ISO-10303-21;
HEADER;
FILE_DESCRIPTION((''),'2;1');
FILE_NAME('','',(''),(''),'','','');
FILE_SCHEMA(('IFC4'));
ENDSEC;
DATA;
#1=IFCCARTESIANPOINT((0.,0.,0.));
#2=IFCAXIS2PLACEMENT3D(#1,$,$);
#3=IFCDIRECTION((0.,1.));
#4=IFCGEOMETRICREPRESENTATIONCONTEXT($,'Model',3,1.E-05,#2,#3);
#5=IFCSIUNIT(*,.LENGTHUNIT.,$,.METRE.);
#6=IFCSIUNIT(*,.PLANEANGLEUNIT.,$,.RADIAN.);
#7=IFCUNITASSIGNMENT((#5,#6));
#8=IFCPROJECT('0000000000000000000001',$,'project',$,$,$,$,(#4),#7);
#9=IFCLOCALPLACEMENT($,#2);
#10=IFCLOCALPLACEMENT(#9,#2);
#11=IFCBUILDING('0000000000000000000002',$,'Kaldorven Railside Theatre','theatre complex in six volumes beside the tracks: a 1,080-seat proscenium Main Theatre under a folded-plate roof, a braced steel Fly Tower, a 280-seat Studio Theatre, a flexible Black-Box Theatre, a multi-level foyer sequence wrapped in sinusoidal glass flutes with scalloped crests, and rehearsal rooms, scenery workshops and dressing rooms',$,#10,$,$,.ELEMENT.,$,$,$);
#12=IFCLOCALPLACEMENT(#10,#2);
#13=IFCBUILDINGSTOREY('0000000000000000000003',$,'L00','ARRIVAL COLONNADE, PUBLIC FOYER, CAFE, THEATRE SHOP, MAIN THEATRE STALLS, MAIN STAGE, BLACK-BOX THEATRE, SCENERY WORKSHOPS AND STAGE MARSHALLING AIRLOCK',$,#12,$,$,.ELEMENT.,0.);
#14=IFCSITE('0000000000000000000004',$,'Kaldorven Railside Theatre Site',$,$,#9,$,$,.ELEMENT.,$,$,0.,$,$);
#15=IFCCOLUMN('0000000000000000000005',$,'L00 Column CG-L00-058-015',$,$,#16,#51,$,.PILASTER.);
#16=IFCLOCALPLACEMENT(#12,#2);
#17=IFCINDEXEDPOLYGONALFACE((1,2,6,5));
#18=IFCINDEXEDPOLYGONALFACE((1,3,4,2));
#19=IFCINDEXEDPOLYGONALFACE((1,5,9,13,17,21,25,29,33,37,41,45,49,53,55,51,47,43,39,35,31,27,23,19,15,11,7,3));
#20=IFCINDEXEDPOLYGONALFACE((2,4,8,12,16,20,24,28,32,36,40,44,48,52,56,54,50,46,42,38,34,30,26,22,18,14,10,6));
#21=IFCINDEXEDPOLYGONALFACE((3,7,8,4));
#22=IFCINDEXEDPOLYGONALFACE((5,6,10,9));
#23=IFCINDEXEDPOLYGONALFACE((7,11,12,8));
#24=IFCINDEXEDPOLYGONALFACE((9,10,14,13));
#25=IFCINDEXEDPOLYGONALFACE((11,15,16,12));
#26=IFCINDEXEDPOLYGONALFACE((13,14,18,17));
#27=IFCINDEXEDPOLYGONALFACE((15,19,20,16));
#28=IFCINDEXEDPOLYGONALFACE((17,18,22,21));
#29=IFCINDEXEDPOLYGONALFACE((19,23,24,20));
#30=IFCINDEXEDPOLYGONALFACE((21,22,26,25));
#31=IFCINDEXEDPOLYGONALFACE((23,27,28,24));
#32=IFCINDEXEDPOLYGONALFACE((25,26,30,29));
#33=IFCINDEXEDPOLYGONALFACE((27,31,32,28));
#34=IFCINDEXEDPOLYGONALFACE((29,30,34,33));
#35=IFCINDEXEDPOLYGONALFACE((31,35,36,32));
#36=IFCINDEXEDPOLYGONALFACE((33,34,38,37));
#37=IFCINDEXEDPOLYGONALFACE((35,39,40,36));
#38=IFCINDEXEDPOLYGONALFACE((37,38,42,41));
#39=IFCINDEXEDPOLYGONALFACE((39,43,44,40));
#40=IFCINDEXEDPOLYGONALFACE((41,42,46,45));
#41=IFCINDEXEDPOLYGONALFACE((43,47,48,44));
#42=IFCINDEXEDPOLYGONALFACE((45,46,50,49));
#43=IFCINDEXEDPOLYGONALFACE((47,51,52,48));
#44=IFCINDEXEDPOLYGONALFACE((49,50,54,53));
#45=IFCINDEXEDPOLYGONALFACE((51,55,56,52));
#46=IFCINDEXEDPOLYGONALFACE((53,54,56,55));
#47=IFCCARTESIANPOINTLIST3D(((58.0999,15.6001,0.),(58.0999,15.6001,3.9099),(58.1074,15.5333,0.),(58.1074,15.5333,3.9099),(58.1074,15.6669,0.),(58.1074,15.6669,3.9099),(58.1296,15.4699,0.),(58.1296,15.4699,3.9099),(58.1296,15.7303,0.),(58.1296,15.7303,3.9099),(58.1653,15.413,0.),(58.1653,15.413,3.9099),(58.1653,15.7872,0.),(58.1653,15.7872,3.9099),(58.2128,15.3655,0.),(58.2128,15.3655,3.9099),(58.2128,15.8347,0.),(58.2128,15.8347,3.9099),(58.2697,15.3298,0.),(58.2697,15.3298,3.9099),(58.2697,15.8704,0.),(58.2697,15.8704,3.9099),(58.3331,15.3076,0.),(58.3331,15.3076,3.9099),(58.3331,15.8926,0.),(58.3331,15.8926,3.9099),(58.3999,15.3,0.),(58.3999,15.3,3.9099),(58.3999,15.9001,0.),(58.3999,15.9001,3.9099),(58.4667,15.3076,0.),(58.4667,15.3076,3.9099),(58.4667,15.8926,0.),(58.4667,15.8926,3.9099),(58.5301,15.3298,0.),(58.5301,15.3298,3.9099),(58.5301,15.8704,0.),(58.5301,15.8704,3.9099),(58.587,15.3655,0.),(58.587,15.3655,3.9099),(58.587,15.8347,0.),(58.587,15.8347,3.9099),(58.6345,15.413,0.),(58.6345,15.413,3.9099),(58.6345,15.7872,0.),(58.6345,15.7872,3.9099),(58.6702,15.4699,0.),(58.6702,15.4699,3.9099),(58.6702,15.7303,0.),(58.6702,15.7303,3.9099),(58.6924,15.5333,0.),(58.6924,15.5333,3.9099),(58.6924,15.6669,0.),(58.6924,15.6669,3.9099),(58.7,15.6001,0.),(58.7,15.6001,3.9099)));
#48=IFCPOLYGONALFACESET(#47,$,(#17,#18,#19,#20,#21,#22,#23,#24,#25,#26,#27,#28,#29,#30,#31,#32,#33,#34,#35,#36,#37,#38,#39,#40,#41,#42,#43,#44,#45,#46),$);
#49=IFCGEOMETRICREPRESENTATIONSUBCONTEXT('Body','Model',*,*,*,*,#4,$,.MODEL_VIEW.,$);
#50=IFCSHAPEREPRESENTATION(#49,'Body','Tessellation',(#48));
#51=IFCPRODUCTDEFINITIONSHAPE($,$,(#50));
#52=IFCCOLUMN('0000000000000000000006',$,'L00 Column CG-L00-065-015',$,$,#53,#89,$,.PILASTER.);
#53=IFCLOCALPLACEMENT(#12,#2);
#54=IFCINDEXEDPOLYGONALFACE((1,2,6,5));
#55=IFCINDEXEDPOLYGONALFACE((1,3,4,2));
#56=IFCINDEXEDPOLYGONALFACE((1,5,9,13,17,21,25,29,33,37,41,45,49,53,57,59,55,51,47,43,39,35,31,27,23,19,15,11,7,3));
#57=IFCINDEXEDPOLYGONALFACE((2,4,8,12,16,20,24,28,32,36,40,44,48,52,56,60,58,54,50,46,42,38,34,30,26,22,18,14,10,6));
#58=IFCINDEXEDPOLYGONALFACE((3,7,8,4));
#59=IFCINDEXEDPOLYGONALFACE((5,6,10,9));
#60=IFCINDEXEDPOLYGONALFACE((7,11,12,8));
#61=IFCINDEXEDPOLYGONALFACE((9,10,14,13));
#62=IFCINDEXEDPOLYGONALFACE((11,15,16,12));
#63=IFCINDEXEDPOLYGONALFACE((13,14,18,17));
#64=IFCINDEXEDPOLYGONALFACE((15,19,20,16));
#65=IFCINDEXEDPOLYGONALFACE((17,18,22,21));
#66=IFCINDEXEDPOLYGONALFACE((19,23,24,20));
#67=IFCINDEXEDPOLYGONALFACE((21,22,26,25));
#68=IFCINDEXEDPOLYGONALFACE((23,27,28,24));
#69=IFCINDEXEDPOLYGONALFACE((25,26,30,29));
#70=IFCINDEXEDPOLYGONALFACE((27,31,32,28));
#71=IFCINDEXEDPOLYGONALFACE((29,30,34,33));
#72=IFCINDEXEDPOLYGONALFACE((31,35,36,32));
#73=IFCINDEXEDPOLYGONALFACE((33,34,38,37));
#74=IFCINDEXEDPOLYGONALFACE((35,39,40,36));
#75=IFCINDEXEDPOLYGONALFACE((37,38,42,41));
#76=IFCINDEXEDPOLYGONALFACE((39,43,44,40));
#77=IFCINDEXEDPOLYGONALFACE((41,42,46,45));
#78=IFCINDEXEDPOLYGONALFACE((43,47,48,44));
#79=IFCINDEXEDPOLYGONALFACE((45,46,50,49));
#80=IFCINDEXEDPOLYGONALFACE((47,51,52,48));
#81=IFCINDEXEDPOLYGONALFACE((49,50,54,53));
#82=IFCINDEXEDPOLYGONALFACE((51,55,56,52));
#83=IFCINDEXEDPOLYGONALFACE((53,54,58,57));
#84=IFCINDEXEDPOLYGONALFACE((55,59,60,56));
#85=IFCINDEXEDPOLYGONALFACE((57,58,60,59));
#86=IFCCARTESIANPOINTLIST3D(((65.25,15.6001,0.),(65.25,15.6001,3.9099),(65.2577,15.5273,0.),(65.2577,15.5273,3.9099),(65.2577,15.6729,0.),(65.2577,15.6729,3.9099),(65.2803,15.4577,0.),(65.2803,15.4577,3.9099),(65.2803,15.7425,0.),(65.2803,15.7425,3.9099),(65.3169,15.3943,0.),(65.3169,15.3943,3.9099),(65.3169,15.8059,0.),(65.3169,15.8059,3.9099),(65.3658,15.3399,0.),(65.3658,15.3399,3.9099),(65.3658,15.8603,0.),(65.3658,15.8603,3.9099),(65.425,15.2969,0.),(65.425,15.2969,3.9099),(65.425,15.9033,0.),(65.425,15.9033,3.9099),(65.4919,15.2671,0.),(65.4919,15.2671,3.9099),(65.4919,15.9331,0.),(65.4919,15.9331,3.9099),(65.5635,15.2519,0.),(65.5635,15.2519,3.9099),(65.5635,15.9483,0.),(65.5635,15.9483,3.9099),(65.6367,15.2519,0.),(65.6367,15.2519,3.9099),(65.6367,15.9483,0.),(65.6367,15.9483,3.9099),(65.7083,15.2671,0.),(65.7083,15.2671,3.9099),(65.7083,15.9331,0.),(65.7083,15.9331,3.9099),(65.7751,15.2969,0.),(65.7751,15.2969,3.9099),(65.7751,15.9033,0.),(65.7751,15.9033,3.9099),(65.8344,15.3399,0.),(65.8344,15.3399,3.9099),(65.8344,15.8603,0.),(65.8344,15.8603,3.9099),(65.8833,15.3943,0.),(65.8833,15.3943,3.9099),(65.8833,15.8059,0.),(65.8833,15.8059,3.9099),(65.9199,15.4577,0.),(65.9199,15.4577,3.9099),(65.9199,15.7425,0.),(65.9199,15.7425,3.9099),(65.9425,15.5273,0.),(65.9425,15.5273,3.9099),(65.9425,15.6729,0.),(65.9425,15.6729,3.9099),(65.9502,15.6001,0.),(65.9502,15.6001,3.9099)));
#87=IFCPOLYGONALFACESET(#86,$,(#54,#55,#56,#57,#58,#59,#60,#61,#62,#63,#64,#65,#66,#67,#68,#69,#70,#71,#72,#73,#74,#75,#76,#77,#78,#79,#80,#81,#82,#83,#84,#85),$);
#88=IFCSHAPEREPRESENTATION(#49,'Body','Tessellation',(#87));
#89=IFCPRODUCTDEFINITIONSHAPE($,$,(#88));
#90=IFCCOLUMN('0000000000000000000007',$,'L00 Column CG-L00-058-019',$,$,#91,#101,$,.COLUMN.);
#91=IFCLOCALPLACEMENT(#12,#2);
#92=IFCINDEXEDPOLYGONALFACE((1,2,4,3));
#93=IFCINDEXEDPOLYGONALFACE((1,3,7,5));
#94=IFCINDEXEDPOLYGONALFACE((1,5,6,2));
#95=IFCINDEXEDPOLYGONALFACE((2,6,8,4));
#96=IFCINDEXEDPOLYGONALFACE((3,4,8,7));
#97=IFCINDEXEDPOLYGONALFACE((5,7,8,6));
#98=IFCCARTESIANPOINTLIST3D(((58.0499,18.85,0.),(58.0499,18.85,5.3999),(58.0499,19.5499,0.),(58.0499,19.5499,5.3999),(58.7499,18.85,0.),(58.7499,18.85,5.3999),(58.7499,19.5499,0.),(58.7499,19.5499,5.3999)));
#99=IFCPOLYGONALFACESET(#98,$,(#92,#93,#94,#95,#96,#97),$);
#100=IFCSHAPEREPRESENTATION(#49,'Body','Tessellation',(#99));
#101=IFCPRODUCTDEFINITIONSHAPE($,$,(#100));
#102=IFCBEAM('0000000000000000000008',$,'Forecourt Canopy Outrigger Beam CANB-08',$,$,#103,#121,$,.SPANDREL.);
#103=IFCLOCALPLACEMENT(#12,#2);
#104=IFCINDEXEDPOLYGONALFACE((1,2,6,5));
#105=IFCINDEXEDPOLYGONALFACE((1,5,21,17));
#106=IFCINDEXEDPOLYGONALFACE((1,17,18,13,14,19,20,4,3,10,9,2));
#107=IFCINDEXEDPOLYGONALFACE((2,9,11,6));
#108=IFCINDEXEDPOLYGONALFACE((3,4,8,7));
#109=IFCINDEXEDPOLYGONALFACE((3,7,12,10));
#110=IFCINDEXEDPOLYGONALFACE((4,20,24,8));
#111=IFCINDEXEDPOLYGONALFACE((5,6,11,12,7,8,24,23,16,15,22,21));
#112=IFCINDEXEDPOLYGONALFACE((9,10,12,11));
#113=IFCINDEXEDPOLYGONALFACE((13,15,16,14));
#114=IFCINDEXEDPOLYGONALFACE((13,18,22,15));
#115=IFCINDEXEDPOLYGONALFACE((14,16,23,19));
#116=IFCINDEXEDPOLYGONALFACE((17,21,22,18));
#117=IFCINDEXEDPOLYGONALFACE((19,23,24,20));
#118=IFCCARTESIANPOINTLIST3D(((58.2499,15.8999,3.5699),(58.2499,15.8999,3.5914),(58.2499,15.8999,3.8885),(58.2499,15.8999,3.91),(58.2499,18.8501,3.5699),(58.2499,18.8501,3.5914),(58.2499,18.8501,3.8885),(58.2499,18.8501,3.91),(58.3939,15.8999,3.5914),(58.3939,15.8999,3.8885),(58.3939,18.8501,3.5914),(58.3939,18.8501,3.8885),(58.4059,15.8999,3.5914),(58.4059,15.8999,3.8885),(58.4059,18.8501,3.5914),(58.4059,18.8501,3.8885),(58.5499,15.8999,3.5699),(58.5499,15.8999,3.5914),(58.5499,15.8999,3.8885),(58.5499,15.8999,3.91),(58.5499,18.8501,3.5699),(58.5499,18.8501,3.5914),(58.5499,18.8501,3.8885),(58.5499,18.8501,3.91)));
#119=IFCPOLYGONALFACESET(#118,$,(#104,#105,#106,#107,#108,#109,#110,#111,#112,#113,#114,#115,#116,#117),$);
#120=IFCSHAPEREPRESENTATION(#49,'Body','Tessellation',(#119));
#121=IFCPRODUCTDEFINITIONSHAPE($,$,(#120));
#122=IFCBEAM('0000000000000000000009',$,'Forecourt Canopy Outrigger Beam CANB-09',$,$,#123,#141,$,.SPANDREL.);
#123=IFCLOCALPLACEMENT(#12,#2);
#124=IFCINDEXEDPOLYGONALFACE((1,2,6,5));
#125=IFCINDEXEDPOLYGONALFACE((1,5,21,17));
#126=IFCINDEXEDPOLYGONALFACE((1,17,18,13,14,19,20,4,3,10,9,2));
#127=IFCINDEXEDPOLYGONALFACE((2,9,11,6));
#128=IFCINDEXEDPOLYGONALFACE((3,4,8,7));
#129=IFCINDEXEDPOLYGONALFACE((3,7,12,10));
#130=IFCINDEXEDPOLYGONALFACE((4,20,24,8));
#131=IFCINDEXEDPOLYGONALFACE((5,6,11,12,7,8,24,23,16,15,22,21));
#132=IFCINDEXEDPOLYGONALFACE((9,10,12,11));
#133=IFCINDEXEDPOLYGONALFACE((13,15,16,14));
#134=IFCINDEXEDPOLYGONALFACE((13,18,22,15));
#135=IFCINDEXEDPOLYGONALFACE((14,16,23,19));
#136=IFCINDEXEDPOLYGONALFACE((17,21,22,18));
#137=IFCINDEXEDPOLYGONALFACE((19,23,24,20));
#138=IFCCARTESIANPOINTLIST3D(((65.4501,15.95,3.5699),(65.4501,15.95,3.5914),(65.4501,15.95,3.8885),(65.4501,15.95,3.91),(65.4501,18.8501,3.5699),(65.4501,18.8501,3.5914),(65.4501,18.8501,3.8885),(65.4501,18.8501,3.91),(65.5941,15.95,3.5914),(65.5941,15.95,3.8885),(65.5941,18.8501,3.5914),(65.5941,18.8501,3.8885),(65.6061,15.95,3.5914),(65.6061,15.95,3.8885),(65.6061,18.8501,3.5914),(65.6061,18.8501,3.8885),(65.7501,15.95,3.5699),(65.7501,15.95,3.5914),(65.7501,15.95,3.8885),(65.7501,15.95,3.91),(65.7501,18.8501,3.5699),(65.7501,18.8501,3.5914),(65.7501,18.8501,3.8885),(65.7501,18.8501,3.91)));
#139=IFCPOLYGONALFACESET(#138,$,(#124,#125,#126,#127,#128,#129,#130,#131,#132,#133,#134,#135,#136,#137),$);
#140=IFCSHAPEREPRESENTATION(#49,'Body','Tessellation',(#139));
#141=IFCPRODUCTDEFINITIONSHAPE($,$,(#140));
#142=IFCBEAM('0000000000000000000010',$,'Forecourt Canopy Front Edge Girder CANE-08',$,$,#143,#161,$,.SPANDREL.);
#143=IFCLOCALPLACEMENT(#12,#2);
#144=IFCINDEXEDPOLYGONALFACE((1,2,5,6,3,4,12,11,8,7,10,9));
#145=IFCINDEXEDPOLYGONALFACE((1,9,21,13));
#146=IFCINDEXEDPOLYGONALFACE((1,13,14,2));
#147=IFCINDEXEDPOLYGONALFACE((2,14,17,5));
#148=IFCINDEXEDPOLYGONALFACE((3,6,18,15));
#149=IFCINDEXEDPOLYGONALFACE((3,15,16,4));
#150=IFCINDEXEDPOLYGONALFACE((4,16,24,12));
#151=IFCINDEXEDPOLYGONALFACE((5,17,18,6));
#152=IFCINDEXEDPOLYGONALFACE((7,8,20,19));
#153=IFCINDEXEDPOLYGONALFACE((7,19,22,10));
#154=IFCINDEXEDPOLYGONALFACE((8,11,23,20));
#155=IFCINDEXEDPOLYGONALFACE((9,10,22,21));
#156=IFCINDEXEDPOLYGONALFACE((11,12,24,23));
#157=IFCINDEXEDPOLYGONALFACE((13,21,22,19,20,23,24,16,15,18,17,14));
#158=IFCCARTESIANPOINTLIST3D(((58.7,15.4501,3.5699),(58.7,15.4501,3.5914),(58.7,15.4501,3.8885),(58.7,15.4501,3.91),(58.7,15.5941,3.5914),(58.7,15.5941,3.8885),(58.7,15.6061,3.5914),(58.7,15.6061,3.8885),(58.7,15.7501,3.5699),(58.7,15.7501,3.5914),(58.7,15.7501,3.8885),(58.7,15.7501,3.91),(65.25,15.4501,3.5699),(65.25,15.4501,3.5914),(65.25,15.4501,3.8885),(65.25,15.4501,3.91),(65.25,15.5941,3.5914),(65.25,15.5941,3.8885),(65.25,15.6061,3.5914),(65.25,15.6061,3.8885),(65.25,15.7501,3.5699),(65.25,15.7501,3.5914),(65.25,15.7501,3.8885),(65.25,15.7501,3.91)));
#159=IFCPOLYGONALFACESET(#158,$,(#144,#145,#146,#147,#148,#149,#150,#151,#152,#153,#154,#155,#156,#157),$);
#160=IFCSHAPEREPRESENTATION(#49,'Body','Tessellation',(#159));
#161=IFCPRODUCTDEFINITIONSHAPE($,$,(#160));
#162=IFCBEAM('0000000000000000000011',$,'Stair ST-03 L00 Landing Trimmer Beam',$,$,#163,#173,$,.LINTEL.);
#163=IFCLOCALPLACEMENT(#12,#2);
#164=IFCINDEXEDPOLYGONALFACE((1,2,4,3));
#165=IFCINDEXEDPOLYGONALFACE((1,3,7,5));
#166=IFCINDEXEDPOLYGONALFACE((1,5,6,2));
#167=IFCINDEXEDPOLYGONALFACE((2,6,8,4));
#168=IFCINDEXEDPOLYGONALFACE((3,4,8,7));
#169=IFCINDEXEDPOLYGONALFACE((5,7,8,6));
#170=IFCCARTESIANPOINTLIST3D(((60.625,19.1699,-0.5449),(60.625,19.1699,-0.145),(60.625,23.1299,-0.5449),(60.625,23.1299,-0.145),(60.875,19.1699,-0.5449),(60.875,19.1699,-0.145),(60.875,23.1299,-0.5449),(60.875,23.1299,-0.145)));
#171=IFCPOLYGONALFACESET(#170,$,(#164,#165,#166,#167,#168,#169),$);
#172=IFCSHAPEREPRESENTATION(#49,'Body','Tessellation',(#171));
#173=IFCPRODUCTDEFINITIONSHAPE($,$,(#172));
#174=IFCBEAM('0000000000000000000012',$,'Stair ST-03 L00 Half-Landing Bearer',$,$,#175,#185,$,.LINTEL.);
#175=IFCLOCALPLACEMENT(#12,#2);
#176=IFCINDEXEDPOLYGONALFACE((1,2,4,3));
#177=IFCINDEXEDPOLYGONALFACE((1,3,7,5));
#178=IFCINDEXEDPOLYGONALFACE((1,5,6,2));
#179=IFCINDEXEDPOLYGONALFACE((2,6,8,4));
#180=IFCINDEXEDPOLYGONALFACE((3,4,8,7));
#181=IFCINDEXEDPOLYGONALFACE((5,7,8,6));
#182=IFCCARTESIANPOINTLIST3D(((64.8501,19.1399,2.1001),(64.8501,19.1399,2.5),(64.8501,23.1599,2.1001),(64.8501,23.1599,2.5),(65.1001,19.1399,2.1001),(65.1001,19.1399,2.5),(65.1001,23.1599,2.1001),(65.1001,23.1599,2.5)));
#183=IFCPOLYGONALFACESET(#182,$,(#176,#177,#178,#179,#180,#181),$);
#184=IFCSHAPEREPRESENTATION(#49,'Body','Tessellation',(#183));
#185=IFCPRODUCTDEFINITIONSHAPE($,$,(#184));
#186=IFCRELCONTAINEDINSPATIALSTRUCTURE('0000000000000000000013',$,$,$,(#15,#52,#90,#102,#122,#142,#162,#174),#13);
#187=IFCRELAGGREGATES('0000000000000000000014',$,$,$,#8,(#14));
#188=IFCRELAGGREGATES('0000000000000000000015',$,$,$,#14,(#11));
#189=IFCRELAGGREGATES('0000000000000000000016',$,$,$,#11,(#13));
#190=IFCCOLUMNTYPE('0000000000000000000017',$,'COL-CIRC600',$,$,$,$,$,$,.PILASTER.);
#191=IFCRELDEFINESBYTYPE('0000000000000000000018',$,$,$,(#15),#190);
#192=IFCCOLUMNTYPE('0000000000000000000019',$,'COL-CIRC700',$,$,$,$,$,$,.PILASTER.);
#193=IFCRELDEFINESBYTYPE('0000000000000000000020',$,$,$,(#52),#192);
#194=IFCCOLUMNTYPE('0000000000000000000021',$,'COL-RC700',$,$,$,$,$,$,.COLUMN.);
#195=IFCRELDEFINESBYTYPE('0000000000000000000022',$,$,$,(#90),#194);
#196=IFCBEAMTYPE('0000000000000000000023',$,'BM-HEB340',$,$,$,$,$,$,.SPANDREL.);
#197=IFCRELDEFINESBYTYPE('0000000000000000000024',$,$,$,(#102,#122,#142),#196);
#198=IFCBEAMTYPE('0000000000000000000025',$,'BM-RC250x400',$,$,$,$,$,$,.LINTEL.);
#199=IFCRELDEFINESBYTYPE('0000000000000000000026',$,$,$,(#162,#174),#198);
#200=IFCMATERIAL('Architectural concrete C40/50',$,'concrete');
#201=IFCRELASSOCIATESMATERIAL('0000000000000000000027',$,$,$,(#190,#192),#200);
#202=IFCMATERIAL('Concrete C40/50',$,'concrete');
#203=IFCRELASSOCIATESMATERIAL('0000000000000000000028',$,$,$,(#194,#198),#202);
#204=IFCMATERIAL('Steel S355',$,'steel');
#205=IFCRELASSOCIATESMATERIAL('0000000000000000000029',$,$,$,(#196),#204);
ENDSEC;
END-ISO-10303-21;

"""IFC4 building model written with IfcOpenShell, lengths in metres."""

from ifc_helpers import new_model, si_unit, direction, frame, origin, origin_2d, place, context, subcontext, project, spatial, rectangle, circle, i_section, extrude, material, material_profile, profile_set, type_object, element, save


model = new_model("IFC4")

# Units and contexts
model_context = context("Model", 3, precision=1e-05, world=origin(), true_north=direction((0.0, 1.0)))
body_context = subcontext(model_context, "Body", "Model", "MODEL_VIEW")
ifc_project = project(units=[si_unit("LENGTHUNIT", "METRE"), si_unit("PLANEANGLEUNIT", "RADIAN")], contexts=[model_context])

# Site, building, storey
site_placement = place(None, origin())
site = spatial("IfcSite", under=ifc_project, at=site_placement, Name="Kaldorven Railside Theatre Site", CompositionType="ELEMENT", RefElevation=0.0)
building_placement = place(site_placement, origin())
building = spatial("IfcBuilding", under=site, at=building_placement, Name="Kaldorven Railside Theatre", Description="theatre complex in six volumes beside the tracks: a 1,080-seat proscenium Main Theatre under a folded-plate roof, a braced steel Fly Tower, a 280-seat Studio Theatre, a flexible Black-Box Theatre, a multi-level foyer sequence wrapped in sinusoidal glass flutes with scalloped crests, and rehearsal rooms, scenery workshops and dressing rooms", CompositionType="ELEMENT")
storey_placement = place(building_placement, origin())
storey = spatial("IfcBuildingStorey", under=building, at=storey_placement, Name="L00", Description="ARRIVAL COLONNADE, PUBLIC FOYER, CAFE, THEATRE SHOP, MAIN THEATRE STALLS, MAIN STAGE, BLACK-BOX THEATRE, SCENERY WORKSHOPS AND STAGE MARSHALLING AIRLOCK", CompositionType="ELEMENT", Elevation=0.0)

# Columns
ifc_material_1 = material(Name="Architectural concrete C40/50", Category="concrete")
ifc_material_profile_1 = material_profile(ifc_material_1, circle(Radius=0.3, at=origin_2d()), Name="RC D600")
ifc_profile_set_1 = profile_set([ifc_material_profile_1], Name="Architectural concrete C40/50")
column_type_1 = type_object("IfcColumnType", Name="COL-CIRC600", PredefinedType="PILASTER", material=ifc_profile_set_1)
column_1_placement = place(storey_placement, frame((58.3999, 15.6001, 0.0), z_axis=(0.0, 0.0, 1.0), x_axis=(1.0, 0.0, 0.0)))
element("IfcColumn", 1, at=column_1_placement, inside=storey, type_object=column_type_1, Name="L00 Column CG-L00-058-015", PredefinedType="PILASTER", context=body_context, shape_type="SweptSolid", body=[
    extrude(circle(Radius=0.3, at=origin_2d()), origin(), (0.0, 0.0, 1.0), 3.9099),
])
ifc_material_profile_2 = material_profile(ifc_material_1, circle(Radius=0.3501, at=origin_2d()), Name="RC D700")
ifc_profile_set_2 = profile_set([ifc_material_profile_2], Name="Architectural concrete C40/50")
column_type_2 = type_object("IfcColumnType", Name="COL-CIRC700", PredefinedType="PILASTER", material=ifc_profile_set_2)
column_2_placement = place(storey_placement, frame((65.6001, 15.6001, 0.0), z_axis=(0.0, 0.0, 1.0), x_axis=(1.0, 0.0, 0.0)))
element("IfcColumn", 2, at=column_2_placement, inside=storey, type_object=column_type_2, Name="L00 Column CG-L00-065-015", PredefinedType="PILASTER", context=body_context, shape_type="SweptSolid", body=[
    extrude(circle(Radius=0.3501, at=origin_2d()), origin(), (0.0, 0.0, 1.0), 3.9099),
])
ifc_material_2 = material(Name="Concrete C40/50", Category="concrete")
ifc_material_profile_3 = material_profile(ifc_material_2, rectangle(XDim=0.7, YDim=0.7, at=origin_2d()), Name="RC 700x700")
ifc_profile_set_3 = profile_set([ifc_material_profile_3], Name="Concrete C40/50")
column_type_3 = type_object("IfcColumnType", Name="COL-RC700", PredefinedType="COLUMN", material=ifc_profile_set_3)
column_3_placement = place(storey_placement, frame((58.3999, 19.2, 0.0), z_axis=(0.0, 0.0, 1.0), x_axis=(0.0, 1.0, 0.0)))
element("IfcColumn", 3, at=column_3_placement, inside=storey, type_object=column_type_3, Name="L00 Column CG-L00-058-019", PredefinedType="COLUMN", context=body_context, shape_type="SweptSolid", body=[
    extrude(rectangle(XDim=0.7, YDim=0.7, at=origin_2d()), origin(), (0.0, 0.0, 1.0), 5.3999),
])

# Beams
ifc_material_3 = material(Name="Steel S355", Category="steel")
ifc_material_profile_4 = material_profile(ifc_material_3, i_section(OverallWidth=0.3, OverallDepth=0.3401, WebThickness=0.012, FlangeThickness=0.0215, at=origin_2d()), Name="HEB 340")
ifc_profile_set_4 = profile_set([ifc_material_profile_4], Name="Steel S355")
beam_type_1 = type_object("IfcBeamType", Name="BM-HEB340", PredefinedType="SPANDREL", material=ifc_profile_set_4)
beam_1_placement = place(storey_placement, frame((58.3999, 15.8999, 3.74), z_axis=(0.0, 1.0, 0.0), x_axis=(-1.0, 0.0, 0.0)))
element("IfcBeam", 4, at=beam_1_placement, inside=storey, type_object=beam_type_1, Name="Forecourt Canopy Outrigger Beam CANB-08", PredefinedType="SPANDREL", context=body_context, shape_type="SweptSolid", body=[
    extrude(i_section(OverallWidth=0.3, OverallDepth=0.3401, WebThickness=0.012, FlangeThickness=0.0215, at=origin_2d()), origin(), (0.0, 0.0, 1.0), 2.9502),
])
beam_2_placement = place(storey_placement, frame((65.6001, 15.95, 3.74), z_axis=(0.0, 1.0, 0.0), x_axis=(-1.0, 0.0, 0.0)))
element("IfcBeam", 5, at=beam_2_placement, inside=storey, type_object=beam_type_1, Name="Forecourt Canopy Outrigger Beam CANB-09", PredefinedType="SPANDREL", context=body_context, shape_type="SweptSolid", body=[
    extrude(i_section(OverallWidth=0.3, OverallDepth=0.3401, WebThickness=0.012, FlangeThickness=0.0215, at=origin_2d()), origin(), (0.0, 0.0, 1.0), 2.9001),
])
beam_3_placement = place(storey_placement, frame((58.7, 15.6001, 3.74), z_axis=(1.0, 0.0, 0.0), x_axis=(0.0, 1.0, 0.0)))
element("IfcBeam", 6, at=beam_3_placement, inside=storey, type_object=beam_type_1, Name="Forecourt Canopy Front Edge Girder CANE-08", PredefinedType="SPANDREL", context=body_context, shape_type="SweptSolid", body=[
    extrude(i_section(OverallWidth=0.3, OverallDepth=0.3401, WebThickness=0.012, FlangeThickness=0.0215, at=origin_2d()), origin(), (0.0, 0.0, 1.0), 6.55),
])
ifc_material_profile_5 = material_profile(ifc_material_2, rectangle(XDim=0.25, YDim=0.3999, at=origin_2d()), Name="RC 250x400")
ifc_profile_set_5 = profile_set([ifc_material_profile_5], Name="Concrete C40/50")
beam_type_2 = type_object("IfcBeamType", Name="BM-RC250x400", PredefinedType="LINTEL", material=ifc_profile_set_5)
beam_4_placement = place(storey_placement, frame((60.75, 19.1699, -0.345), z_axis=(0.0, 1.0, 0.0), x_axis=(-1.0, 0.0, 0.0)))
element("IfcBeam", 7, at=beam_4_placement, inside=storey, type_object=beam_type_2, Name="Stair ST-03 L00 Landing Trimmer Beam", PredefinedType="LINTEL", context=body_context, shape_type="SweptSolid", body=[
    extrude(rectangle(XDim=0.25, YDim=0.3999, at=origin_2d()), origin(), (0.0, 0.0, 1.0), 3.96),
])
beam_5_placement = place(storey_placement, frame((64.9751, 19.1399, 2.3), z_axis=(0.0, 1.0, 0.0), x_axis=(-1.0, 0.0, 0.0)))
element("IfcBeam", 8, at=beam_5_placement, inside=storey, type_object=beam_type_2, Name="Stair ST-03 L00 Half-Landing Bearer", PredefinedType="LINTEL", context=body_context, shape_type="SweptSolid", body=[
    extrude(rectangle(XDim=0.25, YDim=0.3999, at=origin_2d()), origin(), (0.0, 0.0, 1.0), 4.02),
])

save(model, "model.ifc")
